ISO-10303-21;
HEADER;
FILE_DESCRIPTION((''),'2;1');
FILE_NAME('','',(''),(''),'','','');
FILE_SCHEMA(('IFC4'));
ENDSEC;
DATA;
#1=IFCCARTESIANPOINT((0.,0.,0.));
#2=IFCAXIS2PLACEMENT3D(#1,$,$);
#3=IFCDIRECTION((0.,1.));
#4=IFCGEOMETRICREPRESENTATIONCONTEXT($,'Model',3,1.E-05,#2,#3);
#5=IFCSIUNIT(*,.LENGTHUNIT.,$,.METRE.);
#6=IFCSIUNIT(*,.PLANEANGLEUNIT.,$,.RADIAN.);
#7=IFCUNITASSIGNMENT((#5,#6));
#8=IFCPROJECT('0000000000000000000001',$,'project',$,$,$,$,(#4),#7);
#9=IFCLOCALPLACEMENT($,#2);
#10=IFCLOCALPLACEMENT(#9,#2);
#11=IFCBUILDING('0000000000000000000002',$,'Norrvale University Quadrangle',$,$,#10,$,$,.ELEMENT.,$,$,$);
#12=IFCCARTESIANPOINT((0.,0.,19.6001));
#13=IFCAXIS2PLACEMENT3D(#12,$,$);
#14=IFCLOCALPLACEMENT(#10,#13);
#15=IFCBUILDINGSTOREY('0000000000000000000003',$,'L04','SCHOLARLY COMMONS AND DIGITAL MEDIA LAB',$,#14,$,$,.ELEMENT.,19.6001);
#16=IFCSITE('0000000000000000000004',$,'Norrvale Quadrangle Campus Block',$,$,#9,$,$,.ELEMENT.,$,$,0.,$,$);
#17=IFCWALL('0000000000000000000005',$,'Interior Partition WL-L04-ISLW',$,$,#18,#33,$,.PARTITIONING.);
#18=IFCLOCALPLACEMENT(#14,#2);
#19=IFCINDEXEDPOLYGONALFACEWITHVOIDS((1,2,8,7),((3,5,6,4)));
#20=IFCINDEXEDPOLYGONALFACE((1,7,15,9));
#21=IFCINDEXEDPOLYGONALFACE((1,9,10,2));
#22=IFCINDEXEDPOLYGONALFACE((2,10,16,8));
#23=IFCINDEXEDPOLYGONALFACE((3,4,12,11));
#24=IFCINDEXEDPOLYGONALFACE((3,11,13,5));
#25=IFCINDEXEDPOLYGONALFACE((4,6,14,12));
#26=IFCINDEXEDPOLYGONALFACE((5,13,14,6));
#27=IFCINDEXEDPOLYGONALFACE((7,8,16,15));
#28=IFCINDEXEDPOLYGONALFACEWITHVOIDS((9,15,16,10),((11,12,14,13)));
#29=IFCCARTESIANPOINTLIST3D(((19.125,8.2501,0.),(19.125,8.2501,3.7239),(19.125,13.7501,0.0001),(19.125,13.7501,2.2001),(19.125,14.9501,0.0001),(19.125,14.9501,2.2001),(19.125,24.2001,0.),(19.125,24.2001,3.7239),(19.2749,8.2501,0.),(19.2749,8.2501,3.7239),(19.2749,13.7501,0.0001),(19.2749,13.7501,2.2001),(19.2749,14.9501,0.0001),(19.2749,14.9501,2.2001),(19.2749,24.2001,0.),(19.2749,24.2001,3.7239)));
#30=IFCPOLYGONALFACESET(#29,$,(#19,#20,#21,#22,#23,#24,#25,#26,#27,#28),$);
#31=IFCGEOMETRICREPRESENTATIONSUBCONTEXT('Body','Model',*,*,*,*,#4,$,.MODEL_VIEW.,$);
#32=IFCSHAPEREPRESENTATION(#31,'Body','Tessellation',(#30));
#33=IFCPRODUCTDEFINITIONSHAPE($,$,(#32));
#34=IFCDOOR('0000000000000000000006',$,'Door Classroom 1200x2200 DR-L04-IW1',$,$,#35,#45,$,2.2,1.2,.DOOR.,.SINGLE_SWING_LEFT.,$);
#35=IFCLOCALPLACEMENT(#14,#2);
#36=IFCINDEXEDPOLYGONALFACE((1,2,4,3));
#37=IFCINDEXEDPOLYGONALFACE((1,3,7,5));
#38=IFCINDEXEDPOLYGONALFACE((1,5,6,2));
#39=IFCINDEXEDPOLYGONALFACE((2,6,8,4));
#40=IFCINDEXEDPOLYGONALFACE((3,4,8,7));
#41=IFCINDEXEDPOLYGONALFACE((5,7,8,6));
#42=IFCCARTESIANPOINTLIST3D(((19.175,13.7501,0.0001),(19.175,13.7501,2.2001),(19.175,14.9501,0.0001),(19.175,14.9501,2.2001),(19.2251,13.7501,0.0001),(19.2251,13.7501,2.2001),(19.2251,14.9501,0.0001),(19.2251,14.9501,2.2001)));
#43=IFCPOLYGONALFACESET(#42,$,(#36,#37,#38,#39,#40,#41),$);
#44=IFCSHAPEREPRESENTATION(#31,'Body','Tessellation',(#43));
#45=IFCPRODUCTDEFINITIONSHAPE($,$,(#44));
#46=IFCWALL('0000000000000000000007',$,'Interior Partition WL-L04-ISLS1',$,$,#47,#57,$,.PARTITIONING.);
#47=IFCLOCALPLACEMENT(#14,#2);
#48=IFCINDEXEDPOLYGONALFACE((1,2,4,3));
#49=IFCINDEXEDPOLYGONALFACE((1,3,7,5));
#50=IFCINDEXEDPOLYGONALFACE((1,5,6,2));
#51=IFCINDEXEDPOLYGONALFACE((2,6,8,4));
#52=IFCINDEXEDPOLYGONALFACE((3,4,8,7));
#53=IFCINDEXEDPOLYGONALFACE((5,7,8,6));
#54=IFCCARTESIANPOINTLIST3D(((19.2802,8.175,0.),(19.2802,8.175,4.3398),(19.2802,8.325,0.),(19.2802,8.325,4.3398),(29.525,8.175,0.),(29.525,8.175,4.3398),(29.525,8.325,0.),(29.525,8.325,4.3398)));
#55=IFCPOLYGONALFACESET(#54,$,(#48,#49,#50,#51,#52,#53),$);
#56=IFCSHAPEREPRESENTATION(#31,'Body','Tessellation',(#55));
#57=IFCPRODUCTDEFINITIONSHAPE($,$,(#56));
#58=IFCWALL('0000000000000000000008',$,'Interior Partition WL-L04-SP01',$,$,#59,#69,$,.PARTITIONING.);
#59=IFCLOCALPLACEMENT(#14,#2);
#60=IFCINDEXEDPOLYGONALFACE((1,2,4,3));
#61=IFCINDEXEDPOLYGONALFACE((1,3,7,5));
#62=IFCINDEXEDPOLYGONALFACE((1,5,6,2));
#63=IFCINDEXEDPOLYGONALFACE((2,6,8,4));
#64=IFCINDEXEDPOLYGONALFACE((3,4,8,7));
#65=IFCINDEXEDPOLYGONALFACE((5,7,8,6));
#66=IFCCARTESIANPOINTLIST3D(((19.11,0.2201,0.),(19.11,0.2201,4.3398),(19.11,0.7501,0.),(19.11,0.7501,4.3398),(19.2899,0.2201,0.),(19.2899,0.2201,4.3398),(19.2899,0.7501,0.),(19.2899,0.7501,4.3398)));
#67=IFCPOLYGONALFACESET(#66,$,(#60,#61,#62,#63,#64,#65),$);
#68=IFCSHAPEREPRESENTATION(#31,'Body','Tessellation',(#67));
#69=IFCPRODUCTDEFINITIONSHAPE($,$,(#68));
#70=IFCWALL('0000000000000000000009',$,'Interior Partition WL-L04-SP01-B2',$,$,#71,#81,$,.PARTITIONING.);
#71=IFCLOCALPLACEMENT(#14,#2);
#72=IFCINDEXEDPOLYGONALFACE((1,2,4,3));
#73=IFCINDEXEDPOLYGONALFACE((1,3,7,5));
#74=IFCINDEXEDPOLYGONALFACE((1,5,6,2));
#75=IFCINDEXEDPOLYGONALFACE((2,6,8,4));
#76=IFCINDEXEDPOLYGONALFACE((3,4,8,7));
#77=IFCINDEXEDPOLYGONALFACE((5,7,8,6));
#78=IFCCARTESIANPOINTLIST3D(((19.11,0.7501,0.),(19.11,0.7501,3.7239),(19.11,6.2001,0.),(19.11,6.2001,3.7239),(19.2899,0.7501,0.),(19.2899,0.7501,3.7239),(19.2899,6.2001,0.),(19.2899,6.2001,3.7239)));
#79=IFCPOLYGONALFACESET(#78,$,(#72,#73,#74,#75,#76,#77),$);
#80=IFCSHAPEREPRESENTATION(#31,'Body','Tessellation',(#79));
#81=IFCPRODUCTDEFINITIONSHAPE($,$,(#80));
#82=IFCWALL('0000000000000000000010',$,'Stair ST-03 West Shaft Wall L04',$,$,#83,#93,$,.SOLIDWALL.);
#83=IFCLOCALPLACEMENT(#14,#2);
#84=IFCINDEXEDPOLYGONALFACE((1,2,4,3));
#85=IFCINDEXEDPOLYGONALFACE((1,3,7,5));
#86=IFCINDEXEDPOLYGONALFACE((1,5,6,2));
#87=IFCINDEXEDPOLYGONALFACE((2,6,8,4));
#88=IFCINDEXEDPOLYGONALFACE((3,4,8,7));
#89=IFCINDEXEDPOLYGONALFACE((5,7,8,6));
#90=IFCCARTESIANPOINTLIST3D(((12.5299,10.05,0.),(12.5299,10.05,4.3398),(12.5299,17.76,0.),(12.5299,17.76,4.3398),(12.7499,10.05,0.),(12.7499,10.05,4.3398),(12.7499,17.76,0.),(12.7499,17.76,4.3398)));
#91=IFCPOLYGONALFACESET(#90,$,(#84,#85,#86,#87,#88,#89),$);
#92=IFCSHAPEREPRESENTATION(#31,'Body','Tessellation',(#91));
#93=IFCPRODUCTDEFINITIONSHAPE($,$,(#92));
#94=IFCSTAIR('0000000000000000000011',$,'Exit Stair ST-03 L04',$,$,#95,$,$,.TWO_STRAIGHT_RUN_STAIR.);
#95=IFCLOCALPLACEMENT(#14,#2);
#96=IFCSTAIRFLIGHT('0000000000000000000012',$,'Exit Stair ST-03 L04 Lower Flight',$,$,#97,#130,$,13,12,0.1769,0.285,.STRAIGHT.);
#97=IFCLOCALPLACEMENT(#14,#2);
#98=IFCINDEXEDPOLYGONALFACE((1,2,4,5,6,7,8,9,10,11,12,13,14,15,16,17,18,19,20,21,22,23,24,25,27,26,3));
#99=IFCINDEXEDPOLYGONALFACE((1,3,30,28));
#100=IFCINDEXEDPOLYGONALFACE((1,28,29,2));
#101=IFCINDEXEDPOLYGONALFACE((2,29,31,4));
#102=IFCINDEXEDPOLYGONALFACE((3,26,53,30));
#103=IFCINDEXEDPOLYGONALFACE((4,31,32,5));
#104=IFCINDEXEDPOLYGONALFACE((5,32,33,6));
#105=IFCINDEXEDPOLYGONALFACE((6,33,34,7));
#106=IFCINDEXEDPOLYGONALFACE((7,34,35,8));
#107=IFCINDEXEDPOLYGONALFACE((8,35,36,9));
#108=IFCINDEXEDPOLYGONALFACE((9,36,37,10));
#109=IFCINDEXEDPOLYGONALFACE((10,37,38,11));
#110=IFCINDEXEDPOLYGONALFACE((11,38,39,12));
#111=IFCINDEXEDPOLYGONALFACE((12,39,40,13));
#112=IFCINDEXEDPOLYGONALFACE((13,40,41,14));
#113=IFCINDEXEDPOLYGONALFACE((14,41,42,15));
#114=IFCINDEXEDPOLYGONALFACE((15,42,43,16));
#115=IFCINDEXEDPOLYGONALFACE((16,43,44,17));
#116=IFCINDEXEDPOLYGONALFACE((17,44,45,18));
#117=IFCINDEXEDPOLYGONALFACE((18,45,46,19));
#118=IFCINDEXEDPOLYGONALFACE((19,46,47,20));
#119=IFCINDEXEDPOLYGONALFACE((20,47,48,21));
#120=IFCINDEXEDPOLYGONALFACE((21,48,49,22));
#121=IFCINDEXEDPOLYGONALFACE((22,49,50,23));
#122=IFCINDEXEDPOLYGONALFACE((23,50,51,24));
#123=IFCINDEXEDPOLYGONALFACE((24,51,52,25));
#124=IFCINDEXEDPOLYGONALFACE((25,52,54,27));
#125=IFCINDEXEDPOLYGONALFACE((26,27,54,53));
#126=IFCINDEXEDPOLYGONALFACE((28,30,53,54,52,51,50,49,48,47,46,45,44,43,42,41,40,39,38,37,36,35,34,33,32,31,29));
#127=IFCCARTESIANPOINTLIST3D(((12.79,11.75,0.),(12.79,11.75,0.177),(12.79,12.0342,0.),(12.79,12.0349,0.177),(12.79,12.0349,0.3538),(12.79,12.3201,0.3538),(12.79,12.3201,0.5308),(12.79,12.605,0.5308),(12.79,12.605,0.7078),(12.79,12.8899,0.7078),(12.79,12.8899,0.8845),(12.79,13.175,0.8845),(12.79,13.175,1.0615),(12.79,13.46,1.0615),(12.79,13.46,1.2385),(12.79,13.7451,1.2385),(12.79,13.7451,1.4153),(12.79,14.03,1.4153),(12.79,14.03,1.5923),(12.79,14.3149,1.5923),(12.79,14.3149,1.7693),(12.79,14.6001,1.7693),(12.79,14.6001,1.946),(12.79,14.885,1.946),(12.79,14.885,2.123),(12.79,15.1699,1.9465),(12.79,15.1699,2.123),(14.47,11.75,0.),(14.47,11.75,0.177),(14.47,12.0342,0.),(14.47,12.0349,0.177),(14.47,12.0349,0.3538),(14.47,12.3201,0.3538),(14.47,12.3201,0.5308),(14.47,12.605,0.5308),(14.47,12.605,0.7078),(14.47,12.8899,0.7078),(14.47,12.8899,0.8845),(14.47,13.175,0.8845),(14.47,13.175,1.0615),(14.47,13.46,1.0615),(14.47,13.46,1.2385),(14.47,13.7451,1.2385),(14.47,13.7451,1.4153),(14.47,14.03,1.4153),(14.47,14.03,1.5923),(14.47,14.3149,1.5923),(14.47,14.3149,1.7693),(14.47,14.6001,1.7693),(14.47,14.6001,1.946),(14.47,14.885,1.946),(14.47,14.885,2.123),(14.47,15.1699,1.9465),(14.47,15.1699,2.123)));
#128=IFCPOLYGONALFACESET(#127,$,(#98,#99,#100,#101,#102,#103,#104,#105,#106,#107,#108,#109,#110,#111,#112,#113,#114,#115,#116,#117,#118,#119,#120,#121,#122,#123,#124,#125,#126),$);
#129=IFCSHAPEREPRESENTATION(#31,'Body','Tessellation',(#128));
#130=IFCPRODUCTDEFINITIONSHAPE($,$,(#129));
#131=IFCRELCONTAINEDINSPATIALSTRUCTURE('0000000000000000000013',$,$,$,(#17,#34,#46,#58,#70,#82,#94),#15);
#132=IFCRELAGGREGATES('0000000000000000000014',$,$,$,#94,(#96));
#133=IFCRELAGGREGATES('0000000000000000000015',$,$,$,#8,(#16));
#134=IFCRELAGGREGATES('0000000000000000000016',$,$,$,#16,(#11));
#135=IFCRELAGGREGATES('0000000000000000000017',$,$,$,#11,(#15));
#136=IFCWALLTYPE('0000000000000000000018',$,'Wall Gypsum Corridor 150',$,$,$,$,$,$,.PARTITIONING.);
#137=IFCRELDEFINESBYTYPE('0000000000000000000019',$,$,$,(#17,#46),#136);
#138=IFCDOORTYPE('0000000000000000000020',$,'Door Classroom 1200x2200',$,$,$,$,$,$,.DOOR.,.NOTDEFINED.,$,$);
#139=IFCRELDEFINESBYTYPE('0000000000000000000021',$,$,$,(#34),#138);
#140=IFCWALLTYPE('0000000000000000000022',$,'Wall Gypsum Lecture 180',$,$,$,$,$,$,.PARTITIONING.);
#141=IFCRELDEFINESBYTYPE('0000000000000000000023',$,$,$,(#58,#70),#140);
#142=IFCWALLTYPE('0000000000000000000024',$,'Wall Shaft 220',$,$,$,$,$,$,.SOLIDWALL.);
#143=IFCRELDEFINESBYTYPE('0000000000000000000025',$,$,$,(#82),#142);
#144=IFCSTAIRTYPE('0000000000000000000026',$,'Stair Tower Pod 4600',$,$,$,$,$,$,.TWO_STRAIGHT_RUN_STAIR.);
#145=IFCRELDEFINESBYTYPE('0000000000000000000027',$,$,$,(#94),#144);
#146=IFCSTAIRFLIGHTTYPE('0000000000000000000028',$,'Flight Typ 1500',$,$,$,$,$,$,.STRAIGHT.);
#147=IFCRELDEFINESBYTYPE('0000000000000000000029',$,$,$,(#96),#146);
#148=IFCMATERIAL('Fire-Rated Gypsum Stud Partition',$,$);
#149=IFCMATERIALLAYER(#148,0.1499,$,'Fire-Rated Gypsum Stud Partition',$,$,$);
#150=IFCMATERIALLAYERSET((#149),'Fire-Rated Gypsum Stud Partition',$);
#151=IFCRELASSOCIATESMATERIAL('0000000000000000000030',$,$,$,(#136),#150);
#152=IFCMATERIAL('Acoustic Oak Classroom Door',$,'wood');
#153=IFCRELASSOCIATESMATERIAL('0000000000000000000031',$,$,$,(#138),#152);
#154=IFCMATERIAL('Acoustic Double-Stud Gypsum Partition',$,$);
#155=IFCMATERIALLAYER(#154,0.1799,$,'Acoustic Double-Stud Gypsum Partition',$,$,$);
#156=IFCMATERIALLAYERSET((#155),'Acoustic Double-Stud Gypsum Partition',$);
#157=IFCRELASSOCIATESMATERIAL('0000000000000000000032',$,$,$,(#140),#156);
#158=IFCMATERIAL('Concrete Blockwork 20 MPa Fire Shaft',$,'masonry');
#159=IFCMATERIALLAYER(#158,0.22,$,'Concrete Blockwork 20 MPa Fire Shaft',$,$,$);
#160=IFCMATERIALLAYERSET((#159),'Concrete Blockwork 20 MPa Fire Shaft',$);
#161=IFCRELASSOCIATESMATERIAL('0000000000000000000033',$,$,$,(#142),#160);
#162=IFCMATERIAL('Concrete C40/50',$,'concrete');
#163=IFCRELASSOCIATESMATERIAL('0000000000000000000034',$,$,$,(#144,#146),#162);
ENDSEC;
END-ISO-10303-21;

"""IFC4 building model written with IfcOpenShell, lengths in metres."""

from ifc_helpers import new_model, si_unit, direction, frame, frame_2d, origin, place, context, subcontext, project, spatial, polyline, rectangle, outline, extrude, material, layer, layer_set, type_object, element, fill, aggregate, save


model = new_model("IFC4")

# Units and contexts
model_context = context("Model", 3, precision=1e-05, world=origin(), true_north=direction((0.0, 1.0)))
body_context = subcontext(model_context, "Body", "Model", "MODEL_VIEW")
ifc_project = project(units=[si_unit("LENGTHUNIT", "METRE"), si_unit("PLANEANGLEUNIT", "RADIAN")], contexts=[model_context])

# Site, building, storey
site_placement = place(None, origin())
site = spatial("IfcSite", under=ifc_project, at=site_placement, Name="Norrvale Quadrangle Campus Block", CompositionType="ELEMENT", RefElevation=0.0)
building_placement = place(site_placement, origin())
building = spatial("IfcBuilding", under=site, at=building_placement, Name="Norrvale University Quadrangle", CompositionType="ELEMENT")
storey_placement = place(building_placement, frame((0.0, 0.0, 19.6001)))
storey = spatial("IfcBuildingStorey", under=building, at=storey_placement, Name="L04", Description="SCHOLARLY COMMONS AND DIGITAL MEDIA LAB", CompositionType="ELEMENT", Elevation=19.6001)

# Shared definitions
ifc_material_1 = material(Name="Fire-Rated Gypsum Stud Partition")
ifc_layer_1 = layer(ifc_material_1, 0.1499, Name="Fire-Rated Gypsum Stud Partition")
ifc_layer_set_1 = layer_set([ifc_layer_1], Name="Fire-Rated Gypsum Stud Partition")
wall_type_1 = type_object("IfcWallType", Name="Wall Gypsum Corridor 150", PredefinedType="PARTITIONING", material=ifc_layer_set_1)

# Wall, opening, door
wall_1_placement = place(storey_placement, frame((19.2, 8.25, 0.0), z_axis=(0.0, 0.0, 1.0), x_axis=(0.0, 1.0, 0.0)))
wall_1 = element("IfcWall", 1, at=wall_1_placement, inside=storey, type_object=wall_type_1, Name="Interior Partition WL-L04-ISLW", PredefinedType="PARTITIONING", context=body_context, shape_type="SweptSolid", body=[
    extrude(rectangle(XDim=15.95, YDim=0.1499, at=frame_2d((7.9751, 0.0))), origin(), (0.0, 0.0, 1.0), 3.7239),
])
opening_1_placement = place(wall_1_placement, frame((5.5, 0.0, 0.0)))
opening_1 = element("IfcOpeningElement", 2, at=opening_1_placement, cuts=wall_1, PredefinedType="OPENING", context=body_context, shape_type="SweptSolid", body=[
    extrude(rectangle(XDim=1.2, YDim=2.2, at=frame_2d((0.6001, 1.1001))), frame((0.0, 0.0869, 0.0), z_axis=(0.0, -1.0, 0.0), x_axis=(1.0, 0.0, 0.0)), (0.0, 0.0, 1.0), 0.1738),
])
ifc_material_2 = material(Name="Acoustic Oak Classroom Door", Category="wood")
door_type_1 = type_object("IfcDoorType", Name="Door Classroom 1200x2200", OperationType="NOTDEFINED", PredefinedType="DOOR", material=ifc_material_2)
door_1_placement = place(opening_1_placement, origin())
door_1 = element("IfcDoor", 3, at=door_1_placement, inside=storey, type_object=door_type_1, Name="Door Classroom 1200x2200 DR-L04-IW1", OperationType="SINGLE_SWING_LEFT", OverallHeight=2.2, OverallWidth=1.2, PredefinedType="DOOR", context=body_context, shape_type="SweptSolid", body=[
    extrude(rectangle(XDim=1.2, YDim=2.2, at=frame_2d((0.6001, 1.1001))), frame((0.0, 0.0249, 0.0), z_axis=(0.0, -1.0, 0.0), x_axis=(1.0, 0.0, 0.0)), (0.0, 0.0, 1.0), 0.05),
])
fill(opening_1, door_1)

# Walls
wall_2_placement = place(storey_placement, frame((19.28, 8.25, 0.0), z_axis=(0.0, 0.0, 1.0), x_axis=(1.0, 0.0, 0.0)))
element("IfcWall", 4, at=wall_2_placement, inside=storey, type_object=wall_type_1, Name="Interior Partition WL-L04-ISLS1", PredefinedType="PARTITIONING", context=body_context, shape_type="SweptSolid", body=[
    extrude(rectangle(XDim=10.2449, YDim=0.1499, at=frame_2d((5.1226, 0.0))), origin(), (0.0, 0.0, 1.0), 4.3398),
])
ifc_material_3 = material(Name="Acoustic Double-Stud Gypsum Partition")
ifc_layer_2 = layer(ifc_material_3, 0.1799, Name="Acoustic Double-Stud Gypsum Partition")
ifc_layer_set_2 = layer_set([ifc_layer_2], Name="Acoustic Double-Stud Gypsum Partition")
wall_type_2 = type_object("IfcWallType", Name="Wall Gypsum Lecture 180", PredefinedType="PARTITIONING", material=ifc_layer_set_2)
wall_3_placement = place(storey_placement, frame((19.2, 0.22, 0.0), z_axis=(0.0, 0.0, 1.0), x_axis=(0.0, 1.0, 0.0)))
element("IfcWall", 5, at=wall_3_placement, inside=storey, type_object=wall_type_2, Name="Interior Partition WL-L04-SP01", PredefinedType="PARTITIONING", context=body_context, shape_type="SweptSolid", body=[
    extrude(rectangle(XDim=0.53, YDim=0.1799, at=frame_2d((0.2651, 0.0))), origin(), (0.0, 0.0, 1.0), 4.3398),
])
wall_4_placement = place(storey_placement, frame((19.2, 0.75, 0.0), z_axis=(0.0, 0.0, 1.0), x_axis=(0.0, 1.0, 0.0)))
element("IfcWall", 6, at=wall_4_placement, inside=storey, type_object=wall_type_2, Name="Interior Partition WL-L04-SP01-B2", PredefinedType="PARTITIONING", context=body_context, shape_type="SweptSolid", body=[
    extrude(rectangle(XDim=5.45, YDim=0.1799, at=frame_2d((2.7251, 0.0))), origin(), (0.0, 0.0, 1.0), 3.7239),
])
ifc_material_4 = material(Name="Concrete Blockwork 20 MPa Fire Shaft", Category="masonry")
ifc_layer_3 = layer(ifc_material_4, 0.22, Name="Concrete Blockwork 20 MPa Fire Shaft")
ifc_layer_set_3 = layer_set([ifc_layer_3], Name="Concrete Blockwork 20 MPa Fire Shaft")
wall_type_3 = type_object("IfcWallType", Name="Wall Shaft 220", PredefinedType="SOLIDWALL", material=ifc_layer_set_3)
wall_5_placement = place(storey_placement, frame((12.6399, 10.05, 0.0), z_axis=(0.0, 0.0, 1.0), x_axis=(0.0, 1.0, 0.0)))
element("IfcWall", 7, at=wall_5_placement, inside=storey, type_object=wall_type_3, Name="Stair ST-03 West Shaft Wall L04", PredefinedType="SOLIDWALL", context=body_context, shape_type="SweptSolid", body=[
    extrude(rectangle(XDim=7.71, YDim=0.22, at=frame_2d((3.855, 0.0))), origin(), (0.0, 0.0, 1.0), 4.3398),
])

# Stair, stair flight
ifc_material_5 = material(Name="Concrete C40/50", Category="concrete")
stair_type = type_object("IfcStairType", Name="Stair Tower Pod 4600", PredefinedType="TWO_STRAIGHT_RUN_STAIR", material=ifc_material_5)
stair_placement = place(storey_placement, origin())
stair = element("IfcStair", 8, at=stair_placement, inside=storey, type_object=stair_type, Name="Exit Stair ST-03 L04", PredefinedType="TWO_STRAIGHT_RUN_STAIR")
stair_flight_type = type_object("IfcStairFlightType", Name="Flight Typ 1500", PredefinedType="STRAIGHT", material=ifc_material_5)
stair_flight_placement = place(storey_placement, frame((13.6299, 11.75, 0.0), z_axis=(0.0, 0.0, 1.0), x_axis=(0.0, 1.0, 0.0)))
stair_flight = element("IfcStairFlight", 9, at=stair_flight_placement, type_object=stair_flight_type, Name="Exit Stair ST-03 L04 Lower Flight", NumberOfRisers=13, NumberOfTreads=12, PredefinedType="STRAIGHT", RiserHeight=0.1769, TreadLength=0.285, context=body_context, shape_type="SweptSolid", body=[
    extrude(outline(polyline([(0.0, 0.0), (0.0, 0.177), (0.2849, 0.177), (0.2849, 0.3538), (0.5701, 0.3538), (0.5701, 0.5308), (0.855, 0.5308), (0.855, 0.7078), (1.1399, 0.7078), (1.1399, 0.8845), (1.425, 0.8845), (1.425, 1.0615), (1.71, 1.0615), (1.71, 1.2385), (1.9951, 1.2385), (1.9951, 1.4153), (2.28, 1.4153), (2.28, 1.5923), (2.5649, 1.5923), (2.5649, 1.7693), (2.8501, 1.7693), (2.8501, 1.946), (3.135, 1.946), (3.135, 2.123), (3.4199, 2.123), (3.4199, 2.3), (3.4199, 1.9465), (0.2842, 0.0), (0.0, 0.0)])), frame((0.0, 0.8398, 0.0), z_axis=(0.0, -1.0, 0.0), x_axis=(1.0, 0.0, 0.0)), (0.0, 0.0, 1.0), 1.6799),
])
aggregate(stair, [stair_flight])

save(model, "model.ifc")
